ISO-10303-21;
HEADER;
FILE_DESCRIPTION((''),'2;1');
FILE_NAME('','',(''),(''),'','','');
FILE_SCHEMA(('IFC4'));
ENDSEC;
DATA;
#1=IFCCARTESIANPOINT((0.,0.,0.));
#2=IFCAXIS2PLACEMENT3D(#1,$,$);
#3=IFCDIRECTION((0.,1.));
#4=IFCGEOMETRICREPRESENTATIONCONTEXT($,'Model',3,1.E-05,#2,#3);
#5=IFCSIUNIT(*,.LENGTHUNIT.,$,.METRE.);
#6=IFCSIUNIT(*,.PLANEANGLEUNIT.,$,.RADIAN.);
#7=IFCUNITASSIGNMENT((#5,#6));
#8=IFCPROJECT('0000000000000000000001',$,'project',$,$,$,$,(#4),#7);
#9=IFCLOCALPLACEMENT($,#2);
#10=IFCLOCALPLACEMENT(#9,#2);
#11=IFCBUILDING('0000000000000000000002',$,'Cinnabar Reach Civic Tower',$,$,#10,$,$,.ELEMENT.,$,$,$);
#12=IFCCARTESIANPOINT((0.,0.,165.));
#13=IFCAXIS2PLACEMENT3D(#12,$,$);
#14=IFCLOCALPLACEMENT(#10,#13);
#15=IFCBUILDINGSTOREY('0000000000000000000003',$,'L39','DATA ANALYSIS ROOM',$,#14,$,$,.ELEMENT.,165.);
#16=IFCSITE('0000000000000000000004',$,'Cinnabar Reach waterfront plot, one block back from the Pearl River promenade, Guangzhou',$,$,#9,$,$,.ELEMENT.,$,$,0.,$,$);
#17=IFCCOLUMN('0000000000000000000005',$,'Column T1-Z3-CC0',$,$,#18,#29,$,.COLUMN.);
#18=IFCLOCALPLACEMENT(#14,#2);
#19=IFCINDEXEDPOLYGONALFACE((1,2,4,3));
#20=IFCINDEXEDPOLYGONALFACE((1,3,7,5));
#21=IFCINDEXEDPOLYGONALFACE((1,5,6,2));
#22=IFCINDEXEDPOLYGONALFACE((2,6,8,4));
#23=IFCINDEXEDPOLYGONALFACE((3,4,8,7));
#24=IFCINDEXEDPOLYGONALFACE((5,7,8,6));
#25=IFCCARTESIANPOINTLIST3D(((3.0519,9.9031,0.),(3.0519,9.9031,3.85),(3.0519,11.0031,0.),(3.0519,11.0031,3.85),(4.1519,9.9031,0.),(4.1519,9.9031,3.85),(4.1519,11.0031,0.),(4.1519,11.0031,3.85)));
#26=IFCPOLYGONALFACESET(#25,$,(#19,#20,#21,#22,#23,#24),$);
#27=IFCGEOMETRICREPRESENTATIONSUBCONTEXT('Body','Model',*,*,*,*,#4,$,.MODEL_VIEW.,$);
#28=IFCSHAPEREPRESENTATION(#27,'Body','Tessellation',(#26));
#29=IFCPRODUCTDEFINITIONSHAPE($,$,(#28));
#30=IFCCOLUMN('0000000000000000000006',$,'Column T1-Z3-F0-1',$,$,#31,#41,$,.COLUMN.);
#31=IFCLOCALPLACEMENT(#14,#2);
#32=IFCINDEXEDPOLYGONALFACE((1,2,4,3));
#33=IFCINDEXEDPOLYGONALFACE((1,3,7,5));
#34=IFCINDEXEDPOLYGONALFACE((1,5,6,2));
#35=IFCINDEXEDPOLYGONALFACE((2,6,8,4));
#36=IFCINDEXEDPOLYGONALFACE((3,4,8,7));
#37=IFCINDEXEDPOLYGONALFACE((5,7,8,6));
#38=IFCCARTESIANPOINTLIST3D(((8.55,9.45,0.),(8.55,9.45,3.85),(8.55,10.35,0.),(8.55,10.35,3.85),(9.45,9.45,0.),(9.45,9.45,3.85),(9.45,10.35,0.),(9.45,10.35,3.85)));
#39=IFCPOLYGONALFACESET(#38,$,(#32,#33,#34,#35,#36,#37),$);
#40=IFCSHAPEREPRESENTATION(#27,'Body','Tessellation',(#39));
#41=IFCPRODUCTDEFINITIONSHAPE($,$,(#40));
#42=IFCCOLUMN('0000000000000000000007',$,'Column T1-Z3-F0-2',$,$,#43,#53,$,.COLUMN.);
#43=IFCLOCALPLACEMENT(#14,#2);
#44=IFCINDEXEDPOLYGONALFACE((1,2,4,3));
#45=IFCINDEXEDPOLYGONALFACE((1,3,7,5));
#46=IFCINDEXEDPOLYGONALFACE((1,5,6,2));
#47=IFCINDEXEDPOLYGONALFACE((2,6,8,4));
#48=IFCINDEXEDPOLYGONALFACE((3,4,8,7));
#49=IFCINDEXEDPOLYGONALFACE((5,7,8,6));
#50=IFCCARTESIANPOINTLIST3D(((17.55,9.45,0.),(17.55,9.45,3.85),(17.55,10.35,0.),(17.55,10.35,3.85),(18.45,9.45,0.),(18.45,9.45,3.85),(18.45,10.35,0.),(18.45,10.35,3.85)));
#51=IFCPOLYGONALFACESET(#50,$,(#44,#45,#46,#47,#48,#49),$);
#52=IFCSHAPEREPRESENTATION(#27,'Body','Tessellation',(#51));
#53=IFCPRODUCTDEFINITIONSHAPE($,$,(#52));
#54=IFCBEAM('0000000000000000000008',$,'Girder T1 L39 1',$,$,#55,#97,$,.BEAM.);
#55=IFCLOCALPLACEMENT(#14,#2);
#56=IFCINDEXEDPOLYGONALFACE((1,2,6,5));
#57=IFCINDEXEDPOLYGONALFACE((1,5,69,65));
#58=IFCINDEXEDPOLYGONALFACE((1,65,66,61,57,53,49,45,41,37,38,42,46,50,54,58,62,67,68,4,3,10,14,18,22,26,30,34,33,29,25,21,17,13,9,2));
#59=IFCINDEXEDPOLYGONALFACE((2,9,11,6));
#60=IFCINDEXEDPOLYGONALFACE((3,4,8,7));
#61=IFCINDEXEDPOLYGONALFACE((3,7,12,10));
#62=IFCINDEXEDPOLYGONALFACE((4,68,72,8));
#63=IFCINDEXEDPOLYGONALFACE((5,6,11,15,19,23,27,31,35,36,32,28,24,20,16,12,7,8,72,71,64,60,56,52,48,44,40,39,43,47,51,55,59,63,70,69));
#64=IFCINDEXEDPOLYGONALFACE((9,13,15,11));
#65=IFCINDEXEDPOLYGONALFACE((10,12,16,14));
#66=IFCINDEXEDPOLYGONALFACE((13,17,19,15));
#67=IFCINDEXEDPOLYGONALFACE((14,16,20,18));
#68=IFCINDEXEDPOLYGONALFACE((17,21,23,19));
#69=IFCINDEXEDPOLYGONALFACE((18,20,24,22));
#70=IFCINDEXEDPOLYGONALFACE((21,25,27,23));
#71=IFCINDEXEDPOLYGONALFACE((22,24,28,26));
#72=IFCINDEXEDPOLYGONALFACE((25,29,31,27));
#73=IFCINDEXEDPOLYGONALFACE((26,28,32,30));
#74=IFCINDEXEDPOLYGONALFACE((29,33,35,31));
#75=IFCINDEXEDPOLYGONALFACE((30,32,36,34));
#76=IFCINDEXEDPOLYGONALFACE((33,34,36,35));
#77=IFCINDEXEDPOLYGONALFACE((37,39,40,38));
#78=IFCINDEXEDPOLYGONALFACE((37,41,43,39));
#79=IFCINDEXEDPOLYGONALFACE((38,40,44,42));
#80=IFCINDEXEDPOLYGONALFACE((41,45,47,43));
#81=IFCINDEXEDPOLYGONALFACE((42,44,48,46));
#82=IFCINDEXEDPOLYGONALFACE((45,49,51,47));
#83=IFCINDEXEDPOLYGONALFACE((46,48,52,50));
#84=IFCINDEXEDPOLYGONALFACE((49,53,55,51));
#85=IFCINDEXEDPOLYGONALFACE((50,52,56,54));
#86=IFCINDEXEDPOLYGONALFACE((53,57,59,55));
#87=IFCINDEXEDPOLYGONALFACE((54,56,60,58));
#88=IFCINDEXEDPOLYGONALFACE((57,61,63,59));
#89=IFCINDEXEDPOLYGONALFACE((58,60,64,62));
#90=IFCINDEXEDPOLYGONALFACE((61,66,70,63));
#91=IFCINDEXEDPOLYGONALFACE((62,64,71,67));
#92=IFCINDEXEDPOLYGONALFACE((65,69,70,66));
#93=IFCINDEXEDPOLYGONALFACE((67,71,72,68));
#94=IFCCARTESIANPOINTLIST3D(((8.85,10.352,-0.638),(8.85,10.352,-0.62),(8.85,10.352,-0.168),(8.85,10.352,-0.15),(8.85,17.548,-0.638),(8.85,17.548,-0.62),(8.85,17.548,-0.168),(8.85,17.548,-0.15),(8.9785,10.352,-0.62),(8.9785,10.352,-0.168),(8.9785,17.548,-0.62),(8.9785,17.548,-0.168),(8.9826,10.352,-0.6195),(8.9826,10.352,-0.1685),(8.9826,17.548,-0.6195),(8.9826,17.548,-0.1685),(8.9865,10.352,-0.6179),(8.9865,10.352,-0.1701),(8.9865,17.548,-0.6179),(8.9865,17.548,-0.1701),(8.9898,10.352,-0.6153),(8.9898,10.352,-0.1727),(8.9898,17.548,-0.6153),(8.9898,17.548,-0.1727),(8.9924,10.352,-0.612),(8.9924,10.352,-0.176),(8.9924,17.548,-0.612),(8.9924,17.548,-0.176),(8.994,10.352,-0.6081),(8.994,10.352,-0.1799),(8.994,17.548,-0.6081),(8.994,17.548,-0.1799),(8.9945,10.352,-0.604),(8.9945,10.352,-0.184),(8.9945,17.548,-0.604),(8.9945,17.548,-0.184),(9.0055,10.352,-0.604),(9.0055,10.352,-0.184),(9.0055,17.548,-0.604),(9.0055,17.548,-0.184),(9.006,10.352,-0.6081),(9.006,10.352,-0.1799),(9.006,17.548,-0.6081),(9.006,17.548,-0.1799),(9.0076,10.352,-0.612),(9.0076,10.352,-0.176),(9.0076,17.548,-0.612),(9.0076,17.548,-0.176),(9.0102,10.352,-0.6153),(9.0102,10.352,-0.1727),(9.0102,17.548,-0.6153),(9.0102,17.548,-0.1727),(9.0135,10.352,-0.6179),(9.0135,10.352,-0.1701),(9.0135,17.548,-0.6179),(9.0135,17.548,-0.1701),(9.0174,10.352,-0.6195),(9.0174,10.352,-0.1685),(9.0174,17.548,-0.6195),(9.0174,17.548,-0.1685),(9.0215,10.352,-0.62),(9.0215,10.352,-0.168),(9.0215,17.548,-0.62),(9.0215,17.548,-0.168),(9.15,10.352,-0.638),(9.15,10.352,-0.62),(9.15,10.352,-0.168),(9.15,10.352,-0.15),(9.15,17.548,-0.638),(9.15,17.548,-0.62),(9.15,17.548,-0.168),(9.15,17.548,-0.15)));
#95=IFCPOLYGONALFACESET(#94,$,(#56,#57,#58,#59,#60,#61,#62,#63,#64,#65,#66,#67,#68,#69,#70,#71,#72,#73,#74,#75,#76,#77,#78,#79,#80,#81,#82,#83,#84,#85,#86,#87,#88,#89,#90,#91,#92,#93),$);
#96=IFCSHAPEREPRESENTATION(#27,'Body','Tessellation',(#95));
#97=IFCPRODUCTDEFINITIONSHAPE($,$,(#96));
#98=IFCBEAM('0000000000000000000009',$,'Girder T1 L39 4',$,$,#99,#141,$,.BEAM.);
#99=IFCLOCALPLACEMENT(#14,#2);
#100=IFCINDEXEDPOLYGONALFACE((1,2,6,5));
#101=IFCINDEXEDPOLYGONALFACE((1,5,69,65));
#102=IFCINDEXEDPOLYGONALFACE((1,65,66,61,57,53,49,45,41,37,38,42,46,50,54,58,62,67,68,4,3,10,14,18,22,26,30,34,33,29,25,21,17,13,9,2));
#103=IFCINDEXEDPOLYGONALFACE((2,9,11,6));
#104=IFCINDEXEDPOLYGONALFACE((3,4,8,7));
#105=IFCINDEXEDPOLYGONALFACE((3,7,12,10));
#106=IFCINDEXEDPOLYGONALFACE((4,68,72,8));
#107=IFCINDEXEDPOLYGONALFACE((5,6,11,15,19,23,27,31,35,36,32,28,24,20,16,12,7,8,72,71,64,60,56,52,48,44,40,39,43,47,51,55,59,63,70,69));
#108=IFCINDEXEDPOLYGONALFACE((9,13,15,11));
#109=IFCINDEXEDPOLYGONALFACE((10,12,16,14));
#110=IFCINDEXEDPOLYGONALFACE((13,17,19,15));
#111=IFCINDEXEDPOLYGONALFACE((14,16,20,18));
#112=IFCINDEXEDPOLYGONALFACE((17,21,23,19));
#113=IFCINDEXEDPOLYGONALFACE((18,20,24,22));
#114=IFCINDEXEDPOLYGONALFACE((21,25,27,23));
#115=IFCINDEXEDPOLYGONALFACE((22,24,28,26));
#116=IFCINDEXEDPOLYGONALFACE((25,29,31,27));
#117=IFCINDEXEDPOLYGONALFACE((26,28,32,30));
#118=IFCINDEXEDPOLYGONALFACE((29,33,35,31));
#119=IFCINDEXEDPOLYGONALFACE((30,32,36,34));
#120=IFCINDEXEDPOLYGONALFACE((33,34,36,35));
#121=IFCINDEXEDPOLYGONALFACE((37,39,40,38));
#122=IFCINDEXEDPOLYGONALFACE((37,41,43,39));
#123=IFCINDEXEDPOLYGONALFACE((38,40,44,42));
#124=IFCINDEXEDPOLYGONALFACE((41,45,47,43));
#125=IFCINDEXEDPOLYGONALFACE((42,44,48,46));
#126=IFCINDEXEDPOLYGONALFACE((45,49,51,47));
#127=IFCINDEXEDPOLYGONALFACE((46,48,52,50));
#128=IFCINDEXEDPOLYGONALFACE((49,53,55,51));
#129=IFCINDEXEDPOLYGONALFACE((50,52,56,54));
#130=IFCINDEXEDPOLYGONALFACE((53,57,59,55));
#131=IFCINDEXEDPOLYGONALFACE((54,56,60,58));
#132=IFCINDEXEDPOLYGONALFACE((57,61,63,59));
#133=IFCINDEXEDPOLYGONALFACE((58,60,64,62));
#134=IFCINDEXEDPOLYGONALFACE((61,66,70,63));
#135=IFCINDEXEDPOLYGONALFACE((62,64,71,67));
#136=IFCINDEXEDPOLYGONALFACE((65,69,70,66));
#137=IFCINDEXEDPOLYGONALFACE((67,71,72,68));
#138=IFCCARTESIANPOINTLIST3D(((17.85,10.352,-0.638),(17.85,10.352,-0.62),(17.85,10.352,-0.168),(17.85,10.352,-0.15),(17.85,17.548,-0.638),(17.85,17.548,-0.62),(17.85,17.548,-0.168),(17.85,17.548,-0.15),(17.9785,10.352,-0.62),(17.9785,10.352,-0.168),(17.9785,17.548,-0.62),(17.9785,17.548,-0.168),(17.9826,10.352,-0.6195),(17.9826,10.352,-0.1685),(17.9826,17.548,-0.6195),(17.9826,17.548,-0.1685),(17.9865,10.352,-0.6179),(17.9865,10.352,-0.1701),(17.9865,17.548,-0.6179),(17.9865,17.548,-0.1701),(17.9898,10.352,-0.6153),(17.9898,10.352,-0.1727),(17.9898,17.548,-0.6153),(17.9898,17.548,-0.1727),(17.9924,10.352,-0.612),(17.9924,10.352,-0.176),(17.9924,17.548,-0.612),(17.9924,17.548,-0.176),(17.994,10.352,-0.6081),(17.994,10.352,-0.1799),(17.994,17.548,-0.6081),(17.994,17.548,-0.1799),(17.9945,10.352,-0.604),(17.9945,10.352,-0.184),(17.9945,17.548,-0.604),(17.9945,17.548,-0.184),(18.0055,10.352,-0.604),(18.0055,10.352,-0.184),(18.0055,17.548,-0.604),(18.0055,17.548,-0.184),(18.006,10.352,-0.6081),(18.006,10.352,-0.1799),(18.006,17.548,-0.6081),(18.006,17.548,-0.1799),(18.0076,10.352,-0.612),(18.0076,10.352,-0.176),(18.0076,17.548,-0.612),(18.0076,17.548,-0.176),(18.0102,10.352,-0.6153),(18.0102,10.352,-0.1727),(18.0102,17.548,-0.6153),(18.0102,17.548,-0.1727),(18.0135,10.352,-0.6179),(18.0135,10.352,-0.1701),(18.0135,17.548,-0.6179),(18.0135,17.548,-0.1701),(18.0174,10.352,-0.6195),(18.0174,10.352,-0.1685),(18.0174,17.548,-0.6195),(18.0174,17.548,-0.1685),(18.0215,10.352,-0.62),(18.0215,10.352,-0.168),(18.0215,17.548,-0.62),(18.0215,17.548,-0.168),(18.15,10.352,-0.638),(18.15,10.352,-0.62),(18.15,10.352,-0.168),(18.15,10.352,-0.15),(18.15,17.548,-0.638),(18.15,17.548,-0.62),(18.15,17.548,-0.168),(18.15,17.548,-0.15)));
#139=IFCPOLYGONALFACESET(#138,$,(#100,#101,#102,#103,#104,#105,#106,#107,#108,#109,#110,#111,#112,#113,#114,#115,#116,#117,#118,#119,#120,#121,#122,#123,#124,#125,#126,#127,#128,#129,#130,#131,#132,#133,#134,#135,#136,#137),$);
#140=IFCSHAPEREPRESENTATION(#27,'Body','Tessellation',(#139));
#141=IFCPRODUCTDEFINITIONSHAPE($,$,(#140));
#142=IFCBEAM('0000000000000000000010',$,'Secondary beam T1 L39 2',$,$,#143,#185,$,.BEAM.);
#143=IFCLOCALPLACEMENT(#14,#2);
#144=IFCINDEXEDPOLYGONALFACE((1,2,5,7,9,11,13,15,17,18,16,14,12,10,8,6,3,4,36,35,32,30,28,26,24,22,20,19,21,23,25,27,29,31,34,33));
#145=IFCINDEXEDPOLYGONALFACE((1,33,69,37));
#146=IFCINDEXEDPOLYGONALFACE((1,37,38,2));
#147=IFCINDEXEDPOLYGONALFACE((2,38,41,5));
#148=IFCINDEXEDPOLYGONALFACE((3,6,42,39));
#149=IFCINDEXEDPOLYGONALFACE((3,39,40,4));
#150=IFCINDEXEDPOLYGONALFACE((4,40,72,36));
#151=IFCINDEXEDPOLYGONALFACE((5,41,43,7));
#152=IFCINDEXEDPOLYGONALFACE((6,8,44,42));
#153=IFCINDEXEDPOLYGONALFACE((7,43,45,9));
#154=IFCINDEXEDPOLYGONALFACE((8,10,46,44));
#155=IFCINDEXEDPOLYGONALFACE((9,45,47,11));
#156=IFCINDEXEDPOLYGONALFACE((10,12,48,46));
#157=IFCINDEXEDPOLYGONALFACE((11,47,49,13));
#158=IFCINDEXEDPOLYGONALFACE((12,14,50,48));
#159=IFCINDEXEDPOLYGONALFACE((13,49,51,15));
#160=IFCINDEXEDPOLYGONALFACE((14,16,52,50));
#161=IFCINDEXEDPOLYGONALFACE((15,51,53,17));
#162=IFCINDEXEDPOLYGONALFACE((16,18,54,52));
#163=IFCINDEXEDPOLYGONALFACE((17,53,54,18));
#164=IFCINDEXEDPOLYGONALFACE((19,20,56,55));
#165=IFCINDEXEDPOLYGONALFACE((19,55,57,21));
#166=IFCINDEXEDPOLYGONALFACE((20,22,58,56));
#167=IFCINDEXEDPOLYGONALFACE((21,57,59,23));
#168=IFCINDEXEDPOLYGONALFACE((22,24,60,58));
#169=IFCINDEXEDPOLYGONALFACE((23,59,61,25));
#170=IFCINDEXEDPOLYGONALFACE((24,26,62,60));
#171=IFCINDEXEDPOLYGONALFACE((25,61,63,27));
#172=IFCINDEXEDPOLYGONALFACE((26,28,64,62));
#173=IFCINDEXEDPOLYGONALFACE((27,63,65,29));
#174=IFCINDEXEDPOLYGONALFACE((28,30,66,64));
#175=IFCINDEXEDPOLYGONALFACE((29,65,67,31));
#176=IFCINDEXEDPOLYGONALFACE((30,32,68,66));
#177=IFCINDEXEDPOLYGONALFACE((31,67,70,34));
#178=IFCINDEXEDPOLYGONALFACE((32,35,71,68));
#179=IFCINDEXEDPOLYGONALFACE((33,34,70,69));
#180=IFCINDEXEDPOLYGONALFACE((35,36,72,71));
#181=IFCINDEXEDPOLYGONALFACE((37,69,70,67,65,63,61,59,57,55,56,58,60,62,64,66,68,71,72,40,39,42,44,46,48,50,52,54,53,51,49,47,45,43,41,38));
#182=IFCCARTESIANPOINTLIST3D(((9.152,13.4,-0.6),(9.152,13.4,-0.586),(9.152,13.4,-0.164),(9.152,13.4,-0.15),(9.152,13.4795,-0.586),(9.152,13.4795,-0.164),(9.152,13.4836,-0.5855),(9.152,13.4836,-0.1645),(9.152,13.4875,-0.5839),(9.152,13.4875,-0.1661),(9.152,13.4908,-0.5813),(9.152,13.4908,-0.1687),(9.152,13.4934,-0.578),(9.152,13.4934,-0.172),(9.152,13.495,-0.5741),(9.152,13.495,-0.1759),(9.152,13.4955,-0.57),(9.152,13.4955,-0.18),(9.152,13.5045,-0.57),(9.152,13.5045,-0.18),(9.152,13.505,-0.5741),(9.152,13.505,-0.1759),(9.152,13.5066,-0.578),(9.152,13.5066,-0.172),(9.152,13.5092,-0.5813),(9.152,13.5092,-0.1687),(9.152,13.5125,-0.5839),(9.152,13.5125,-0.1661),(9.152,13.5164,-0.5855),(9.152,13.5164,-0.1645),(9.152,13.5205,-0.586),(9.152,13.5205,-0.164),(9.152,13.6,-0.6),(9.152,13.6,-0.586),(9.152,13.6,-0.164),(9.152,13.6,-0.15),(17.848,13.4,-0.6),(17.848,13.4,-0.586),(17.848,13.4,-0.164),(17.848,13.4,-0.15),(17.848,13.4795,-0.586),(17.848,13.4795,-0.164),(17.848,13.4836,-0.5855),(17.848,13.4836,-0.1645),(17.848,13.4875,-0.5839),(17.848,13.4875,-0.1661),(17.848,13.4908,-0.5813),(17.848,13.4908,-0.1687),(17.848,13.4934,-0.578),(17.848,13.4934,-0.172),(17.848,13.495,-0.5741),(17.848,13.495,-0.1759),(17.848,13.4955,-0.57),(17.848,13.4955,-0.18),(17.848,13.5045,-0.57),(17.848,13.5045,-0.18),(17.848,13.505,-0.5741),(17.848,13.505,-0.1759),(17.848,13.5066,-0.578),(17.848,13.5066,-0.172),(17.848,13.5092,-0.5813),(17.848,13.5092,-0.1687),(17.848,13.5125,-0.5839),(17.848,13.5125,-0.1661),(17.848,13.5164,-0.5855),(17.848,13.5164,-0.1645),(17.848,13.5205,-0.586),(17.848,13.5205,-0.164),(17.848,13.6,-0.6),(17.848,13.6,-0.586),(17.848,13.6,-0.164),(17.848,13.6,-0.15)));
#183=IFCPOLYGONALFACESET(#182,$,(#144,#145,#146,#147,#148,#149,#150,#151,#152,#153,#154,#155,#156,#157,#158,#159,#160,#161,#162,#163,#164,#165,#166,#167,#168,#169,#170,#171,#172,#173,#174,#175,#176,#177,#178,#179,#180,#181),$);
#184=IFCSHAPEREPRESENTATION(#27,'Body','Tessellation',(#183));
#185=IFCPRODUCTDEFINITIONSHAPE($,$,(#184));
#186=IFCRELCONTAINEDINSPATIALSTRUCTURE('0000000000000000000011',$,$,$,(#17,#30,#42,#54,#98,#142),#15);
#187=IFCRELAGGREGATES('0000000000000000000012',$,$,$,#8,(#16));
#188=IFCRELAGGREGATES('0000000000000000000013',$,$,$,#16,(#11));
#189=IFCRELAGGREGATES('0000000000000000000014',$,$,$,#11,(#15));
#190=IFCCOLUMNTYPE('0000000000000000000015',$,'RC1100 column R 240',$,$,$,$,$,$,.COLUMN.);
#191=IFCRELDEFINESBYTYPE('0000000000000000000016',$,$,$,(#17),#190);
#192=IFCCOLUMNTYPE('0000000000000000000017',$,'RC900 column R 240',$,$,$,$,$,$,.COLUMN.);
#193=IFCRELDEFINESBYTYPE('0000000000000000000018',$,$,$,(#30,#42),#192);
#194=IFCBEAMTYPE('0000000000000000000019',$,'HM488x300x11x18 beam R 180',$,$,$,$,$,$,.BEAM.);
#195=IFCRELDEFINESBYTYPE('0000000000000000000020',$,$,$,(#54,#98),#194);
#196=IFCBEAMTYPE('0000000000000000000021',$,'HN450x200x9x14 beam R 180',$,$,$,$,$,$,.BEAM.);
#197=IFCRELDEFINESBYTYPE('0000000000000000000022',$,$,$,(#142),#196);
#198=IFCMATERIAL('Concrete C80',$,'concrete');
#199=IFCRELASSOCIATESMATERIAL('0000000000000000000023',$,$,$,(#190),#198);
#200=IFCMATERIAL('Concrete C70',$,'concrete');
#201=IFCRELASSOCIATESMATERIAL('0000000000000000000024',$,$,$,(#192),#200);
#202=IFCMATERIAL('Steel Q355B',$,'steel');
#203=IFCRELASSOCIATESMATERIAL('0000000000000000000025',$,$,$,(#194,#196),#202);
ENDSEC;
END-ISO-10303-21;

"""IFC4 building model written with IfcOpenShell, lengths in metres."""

from ifc_helpers import new_model, si_unit, direction, frame, origin, origin_2d, place, context, subcontext, project, spatial, rectangle, i_section, extrude, material, material_profile, profile_set, type_object, element, save


model = new_model("IFC4")

# Units and contexts
model_context = context("Model", 3, precision=1e-05, world=origin(), true_north=direction((0.0, 1.0)))
body_context = subcontext(model_context, "Body", "Model", "MODEL_VIEW")
ifc_project = project(units=[si_unit("LENGTHUNIT", "METRE"), si_unit("PLANEANGLEUNIT", "RADIAN")], contexts=[model_context])

# Site, building, storey
site_placement = place(None, origin())
site = spatial("IfcSite", under=ifc_project, at=site_placement, Name="Cinnabar Reach waterfront plot, one block back from the Pearl River promenade, Guangzhou", CompositionType="ELEMENT", RefElevation=0.0)
building_placement = place(site_placement, origin())
building = spatial("IfcBuilding", under=site, at=building_placement, Name="Cinnabar Reach Civic Tower", CompositionType="ELEMENT")
storey_placement = place(building_placement, frame((0.0, 0.0, 165.0)))
storey = spatial("IfcBuildingStorey", under=building, at=storey_placement, Name="L39", Description="DATA ANALYSIS ROOM", CompositionType="ELEMENT", Elevation=165.0)

# Columns
ifc_material_1 = material(Name="Concrete C80", Category="concrete")
ifc_material_profile_1 = material_profile(ifc_material_1, rectangle(XDim=1.1, YDim=1.1, at=origin_2d()), Name="RC1100")
ifc_profile_set_1 = profile_set([ifc_material_profile_1], Name="Concrete C80")
column_type_1 = type_object("IfcColumnType", Name="RC1100 column R 240", PredefinedType="COLUMN", material=ifc_profile_set_1)
column_placement = place(storey_placement, frame((3.6019, 10.4531, 0.0), z_axis=(0.0, 0.0, 1.0), x_axis=(1.0, 0.0, 0.0)))
element("IfcColumn", 1, at=column_placement, inside=storey, type_object=column_type_1, Name="Column T1-Z3-CC0", PredefinedType="COLUMN", context=body_context, shape_type="SweptSolid", body=[
    extrude(rectangle(XDim=1.1, YDim=1.1, at=origin_2d()), origin(), (0.0, 0.0, 1.0), 3.85),
])
ifc_material_2 = material(Name="Concrete C70", Category="concrete")
ifc_material_profile_2 = material_profile(ifc_material_2, rectangle(XDim=0.9, YDim=0.9, at=origin_2d()), Name="RC900")
ifc_profile_set_2 = profile_set([ifc_material_profile_2], Name="Concrete C70")
column_type_2 = type_object("IfcColumnType", Name="RC900 column R 240", PredefinedType="COLUMN", material=ifc_profile_set_2)
for number, where, z_axis, x_axis, name in (
    (2, (9.0, 9.9, 0.0), (0.0, 0.0, 1.0), (1.0, 0.0, 0.0), "Column T1-Z3-F0-1"),
    (3, (18.0, 9.9, 0.0), (0.0, 0.0, 1.0), (1.0, 0.0, 0.0), "Column T1-Z3-F0-2"),
):
    element("IfcColumn", number, at=place(storey_placement, frame(where, z_axis=z_axis, x_axis=x_axis)), inside=storey, type_object=column_type_2, Name=name, PredefinedType="COLUMN", context=body_context, shape_type="SweptSolid", body=[
        extrude(rectangle(XDim=0.9, YDim=0.9, at=origin_2d()), origin(), (0.0, 0.0, 1.0), 3.85),
    ])

# Beams
ifc_material_3 = material(Name="Steel Q355B", Category="steel")
ifc_material_profile_3 = material_profile(ifc_material_3, i_section(OverallWidth=0.3, OverallDepth=0.488, WebThickness=0.011, FlangeThickness=0.018, FilletRadius=0.016, at=origin_2d()), Name="HM488x300x11x18")
ifc_profile_set_3 = profile_set([ifc_material_profile_3], Name="Steel Q355B")
beam_type_1 = type_object("IfcBeamType", Name="HM488x300x11x18 beam R 180", PredefinedType="BEAM", material=ifc_profile_set_3)
for number, where, z_axis, x_axis, name in (
    (4, (9.0, 10.352, -0.394), (0.0, 1.0, 0.0), (-1.0, 0.0, 0.0), "Girder T1 L39 1"),
    (5, (18.0, 10.352, -0.394), (0.0, 1.0, 0.0), (-1.0, 0.0, 0.0), "Girder T1 L39 4"),
):
    element("IfcBeam", number, at=place(storey_placement, frame(where, z_axis=z_axis, x_axis=x_axis)), inside=storey, type_object=beam_type_1, Name=name, PredefinedType="BEAM", context=body_context, shape_type="SweptSolid", body=[
        extrude(i_section(OverallWidth=0.3, OverallDepth=0.488, WebThickness=0.011, FlangeThickness=0.018, FilletRadius=0.016, at=origin_2d()), origin(), (0.0, 0.0, 1.0), 7.196),
    ])
ifc_material_profile_4 = material_profile(ifc_material_3, i_section(OverallWidth=0.2, OverallDepth=0.45, WebThickness=0.009, FlangeThickness=0.014, FilletRadius=0.016, at=origin_2d()), Name="HN450x200x9x14")
ifc_profile_set_4 = profile_set([ifc_material_profile_4], Name="Steel Q355B")
beam_type_2 = type_object("IfcBeamType", Name="HN450x200x9x14 beam R 180", PredefinedType="BEAM", material=ifc_profile_set_4)
beam_1_placement = place(storey_placement, frame((9.152, 13.5, -0.375), z_axis=(1.0, 0.0, 0.0), x_axis=(0.0, 1.0, 0.0)))
element("IfcBeam", 6, at=beam_1_placement, inside=storey, type_object=beam_type_2, Name="Secondary beam T1 L39 2", PredefinedType="BEAM", context=body_context, shape_type="SweptSolid", body=[
    extrude(i_section(OverallWidth=0.2, OverallDepth=0.45, WebThickness=0.009, FlangeThickness=0.014, FilletRadius=0.016, at=origin_2d()), origin(), (0.0, 0.0, 1.0), 8.696),
])

save(model, "model.ifc")
